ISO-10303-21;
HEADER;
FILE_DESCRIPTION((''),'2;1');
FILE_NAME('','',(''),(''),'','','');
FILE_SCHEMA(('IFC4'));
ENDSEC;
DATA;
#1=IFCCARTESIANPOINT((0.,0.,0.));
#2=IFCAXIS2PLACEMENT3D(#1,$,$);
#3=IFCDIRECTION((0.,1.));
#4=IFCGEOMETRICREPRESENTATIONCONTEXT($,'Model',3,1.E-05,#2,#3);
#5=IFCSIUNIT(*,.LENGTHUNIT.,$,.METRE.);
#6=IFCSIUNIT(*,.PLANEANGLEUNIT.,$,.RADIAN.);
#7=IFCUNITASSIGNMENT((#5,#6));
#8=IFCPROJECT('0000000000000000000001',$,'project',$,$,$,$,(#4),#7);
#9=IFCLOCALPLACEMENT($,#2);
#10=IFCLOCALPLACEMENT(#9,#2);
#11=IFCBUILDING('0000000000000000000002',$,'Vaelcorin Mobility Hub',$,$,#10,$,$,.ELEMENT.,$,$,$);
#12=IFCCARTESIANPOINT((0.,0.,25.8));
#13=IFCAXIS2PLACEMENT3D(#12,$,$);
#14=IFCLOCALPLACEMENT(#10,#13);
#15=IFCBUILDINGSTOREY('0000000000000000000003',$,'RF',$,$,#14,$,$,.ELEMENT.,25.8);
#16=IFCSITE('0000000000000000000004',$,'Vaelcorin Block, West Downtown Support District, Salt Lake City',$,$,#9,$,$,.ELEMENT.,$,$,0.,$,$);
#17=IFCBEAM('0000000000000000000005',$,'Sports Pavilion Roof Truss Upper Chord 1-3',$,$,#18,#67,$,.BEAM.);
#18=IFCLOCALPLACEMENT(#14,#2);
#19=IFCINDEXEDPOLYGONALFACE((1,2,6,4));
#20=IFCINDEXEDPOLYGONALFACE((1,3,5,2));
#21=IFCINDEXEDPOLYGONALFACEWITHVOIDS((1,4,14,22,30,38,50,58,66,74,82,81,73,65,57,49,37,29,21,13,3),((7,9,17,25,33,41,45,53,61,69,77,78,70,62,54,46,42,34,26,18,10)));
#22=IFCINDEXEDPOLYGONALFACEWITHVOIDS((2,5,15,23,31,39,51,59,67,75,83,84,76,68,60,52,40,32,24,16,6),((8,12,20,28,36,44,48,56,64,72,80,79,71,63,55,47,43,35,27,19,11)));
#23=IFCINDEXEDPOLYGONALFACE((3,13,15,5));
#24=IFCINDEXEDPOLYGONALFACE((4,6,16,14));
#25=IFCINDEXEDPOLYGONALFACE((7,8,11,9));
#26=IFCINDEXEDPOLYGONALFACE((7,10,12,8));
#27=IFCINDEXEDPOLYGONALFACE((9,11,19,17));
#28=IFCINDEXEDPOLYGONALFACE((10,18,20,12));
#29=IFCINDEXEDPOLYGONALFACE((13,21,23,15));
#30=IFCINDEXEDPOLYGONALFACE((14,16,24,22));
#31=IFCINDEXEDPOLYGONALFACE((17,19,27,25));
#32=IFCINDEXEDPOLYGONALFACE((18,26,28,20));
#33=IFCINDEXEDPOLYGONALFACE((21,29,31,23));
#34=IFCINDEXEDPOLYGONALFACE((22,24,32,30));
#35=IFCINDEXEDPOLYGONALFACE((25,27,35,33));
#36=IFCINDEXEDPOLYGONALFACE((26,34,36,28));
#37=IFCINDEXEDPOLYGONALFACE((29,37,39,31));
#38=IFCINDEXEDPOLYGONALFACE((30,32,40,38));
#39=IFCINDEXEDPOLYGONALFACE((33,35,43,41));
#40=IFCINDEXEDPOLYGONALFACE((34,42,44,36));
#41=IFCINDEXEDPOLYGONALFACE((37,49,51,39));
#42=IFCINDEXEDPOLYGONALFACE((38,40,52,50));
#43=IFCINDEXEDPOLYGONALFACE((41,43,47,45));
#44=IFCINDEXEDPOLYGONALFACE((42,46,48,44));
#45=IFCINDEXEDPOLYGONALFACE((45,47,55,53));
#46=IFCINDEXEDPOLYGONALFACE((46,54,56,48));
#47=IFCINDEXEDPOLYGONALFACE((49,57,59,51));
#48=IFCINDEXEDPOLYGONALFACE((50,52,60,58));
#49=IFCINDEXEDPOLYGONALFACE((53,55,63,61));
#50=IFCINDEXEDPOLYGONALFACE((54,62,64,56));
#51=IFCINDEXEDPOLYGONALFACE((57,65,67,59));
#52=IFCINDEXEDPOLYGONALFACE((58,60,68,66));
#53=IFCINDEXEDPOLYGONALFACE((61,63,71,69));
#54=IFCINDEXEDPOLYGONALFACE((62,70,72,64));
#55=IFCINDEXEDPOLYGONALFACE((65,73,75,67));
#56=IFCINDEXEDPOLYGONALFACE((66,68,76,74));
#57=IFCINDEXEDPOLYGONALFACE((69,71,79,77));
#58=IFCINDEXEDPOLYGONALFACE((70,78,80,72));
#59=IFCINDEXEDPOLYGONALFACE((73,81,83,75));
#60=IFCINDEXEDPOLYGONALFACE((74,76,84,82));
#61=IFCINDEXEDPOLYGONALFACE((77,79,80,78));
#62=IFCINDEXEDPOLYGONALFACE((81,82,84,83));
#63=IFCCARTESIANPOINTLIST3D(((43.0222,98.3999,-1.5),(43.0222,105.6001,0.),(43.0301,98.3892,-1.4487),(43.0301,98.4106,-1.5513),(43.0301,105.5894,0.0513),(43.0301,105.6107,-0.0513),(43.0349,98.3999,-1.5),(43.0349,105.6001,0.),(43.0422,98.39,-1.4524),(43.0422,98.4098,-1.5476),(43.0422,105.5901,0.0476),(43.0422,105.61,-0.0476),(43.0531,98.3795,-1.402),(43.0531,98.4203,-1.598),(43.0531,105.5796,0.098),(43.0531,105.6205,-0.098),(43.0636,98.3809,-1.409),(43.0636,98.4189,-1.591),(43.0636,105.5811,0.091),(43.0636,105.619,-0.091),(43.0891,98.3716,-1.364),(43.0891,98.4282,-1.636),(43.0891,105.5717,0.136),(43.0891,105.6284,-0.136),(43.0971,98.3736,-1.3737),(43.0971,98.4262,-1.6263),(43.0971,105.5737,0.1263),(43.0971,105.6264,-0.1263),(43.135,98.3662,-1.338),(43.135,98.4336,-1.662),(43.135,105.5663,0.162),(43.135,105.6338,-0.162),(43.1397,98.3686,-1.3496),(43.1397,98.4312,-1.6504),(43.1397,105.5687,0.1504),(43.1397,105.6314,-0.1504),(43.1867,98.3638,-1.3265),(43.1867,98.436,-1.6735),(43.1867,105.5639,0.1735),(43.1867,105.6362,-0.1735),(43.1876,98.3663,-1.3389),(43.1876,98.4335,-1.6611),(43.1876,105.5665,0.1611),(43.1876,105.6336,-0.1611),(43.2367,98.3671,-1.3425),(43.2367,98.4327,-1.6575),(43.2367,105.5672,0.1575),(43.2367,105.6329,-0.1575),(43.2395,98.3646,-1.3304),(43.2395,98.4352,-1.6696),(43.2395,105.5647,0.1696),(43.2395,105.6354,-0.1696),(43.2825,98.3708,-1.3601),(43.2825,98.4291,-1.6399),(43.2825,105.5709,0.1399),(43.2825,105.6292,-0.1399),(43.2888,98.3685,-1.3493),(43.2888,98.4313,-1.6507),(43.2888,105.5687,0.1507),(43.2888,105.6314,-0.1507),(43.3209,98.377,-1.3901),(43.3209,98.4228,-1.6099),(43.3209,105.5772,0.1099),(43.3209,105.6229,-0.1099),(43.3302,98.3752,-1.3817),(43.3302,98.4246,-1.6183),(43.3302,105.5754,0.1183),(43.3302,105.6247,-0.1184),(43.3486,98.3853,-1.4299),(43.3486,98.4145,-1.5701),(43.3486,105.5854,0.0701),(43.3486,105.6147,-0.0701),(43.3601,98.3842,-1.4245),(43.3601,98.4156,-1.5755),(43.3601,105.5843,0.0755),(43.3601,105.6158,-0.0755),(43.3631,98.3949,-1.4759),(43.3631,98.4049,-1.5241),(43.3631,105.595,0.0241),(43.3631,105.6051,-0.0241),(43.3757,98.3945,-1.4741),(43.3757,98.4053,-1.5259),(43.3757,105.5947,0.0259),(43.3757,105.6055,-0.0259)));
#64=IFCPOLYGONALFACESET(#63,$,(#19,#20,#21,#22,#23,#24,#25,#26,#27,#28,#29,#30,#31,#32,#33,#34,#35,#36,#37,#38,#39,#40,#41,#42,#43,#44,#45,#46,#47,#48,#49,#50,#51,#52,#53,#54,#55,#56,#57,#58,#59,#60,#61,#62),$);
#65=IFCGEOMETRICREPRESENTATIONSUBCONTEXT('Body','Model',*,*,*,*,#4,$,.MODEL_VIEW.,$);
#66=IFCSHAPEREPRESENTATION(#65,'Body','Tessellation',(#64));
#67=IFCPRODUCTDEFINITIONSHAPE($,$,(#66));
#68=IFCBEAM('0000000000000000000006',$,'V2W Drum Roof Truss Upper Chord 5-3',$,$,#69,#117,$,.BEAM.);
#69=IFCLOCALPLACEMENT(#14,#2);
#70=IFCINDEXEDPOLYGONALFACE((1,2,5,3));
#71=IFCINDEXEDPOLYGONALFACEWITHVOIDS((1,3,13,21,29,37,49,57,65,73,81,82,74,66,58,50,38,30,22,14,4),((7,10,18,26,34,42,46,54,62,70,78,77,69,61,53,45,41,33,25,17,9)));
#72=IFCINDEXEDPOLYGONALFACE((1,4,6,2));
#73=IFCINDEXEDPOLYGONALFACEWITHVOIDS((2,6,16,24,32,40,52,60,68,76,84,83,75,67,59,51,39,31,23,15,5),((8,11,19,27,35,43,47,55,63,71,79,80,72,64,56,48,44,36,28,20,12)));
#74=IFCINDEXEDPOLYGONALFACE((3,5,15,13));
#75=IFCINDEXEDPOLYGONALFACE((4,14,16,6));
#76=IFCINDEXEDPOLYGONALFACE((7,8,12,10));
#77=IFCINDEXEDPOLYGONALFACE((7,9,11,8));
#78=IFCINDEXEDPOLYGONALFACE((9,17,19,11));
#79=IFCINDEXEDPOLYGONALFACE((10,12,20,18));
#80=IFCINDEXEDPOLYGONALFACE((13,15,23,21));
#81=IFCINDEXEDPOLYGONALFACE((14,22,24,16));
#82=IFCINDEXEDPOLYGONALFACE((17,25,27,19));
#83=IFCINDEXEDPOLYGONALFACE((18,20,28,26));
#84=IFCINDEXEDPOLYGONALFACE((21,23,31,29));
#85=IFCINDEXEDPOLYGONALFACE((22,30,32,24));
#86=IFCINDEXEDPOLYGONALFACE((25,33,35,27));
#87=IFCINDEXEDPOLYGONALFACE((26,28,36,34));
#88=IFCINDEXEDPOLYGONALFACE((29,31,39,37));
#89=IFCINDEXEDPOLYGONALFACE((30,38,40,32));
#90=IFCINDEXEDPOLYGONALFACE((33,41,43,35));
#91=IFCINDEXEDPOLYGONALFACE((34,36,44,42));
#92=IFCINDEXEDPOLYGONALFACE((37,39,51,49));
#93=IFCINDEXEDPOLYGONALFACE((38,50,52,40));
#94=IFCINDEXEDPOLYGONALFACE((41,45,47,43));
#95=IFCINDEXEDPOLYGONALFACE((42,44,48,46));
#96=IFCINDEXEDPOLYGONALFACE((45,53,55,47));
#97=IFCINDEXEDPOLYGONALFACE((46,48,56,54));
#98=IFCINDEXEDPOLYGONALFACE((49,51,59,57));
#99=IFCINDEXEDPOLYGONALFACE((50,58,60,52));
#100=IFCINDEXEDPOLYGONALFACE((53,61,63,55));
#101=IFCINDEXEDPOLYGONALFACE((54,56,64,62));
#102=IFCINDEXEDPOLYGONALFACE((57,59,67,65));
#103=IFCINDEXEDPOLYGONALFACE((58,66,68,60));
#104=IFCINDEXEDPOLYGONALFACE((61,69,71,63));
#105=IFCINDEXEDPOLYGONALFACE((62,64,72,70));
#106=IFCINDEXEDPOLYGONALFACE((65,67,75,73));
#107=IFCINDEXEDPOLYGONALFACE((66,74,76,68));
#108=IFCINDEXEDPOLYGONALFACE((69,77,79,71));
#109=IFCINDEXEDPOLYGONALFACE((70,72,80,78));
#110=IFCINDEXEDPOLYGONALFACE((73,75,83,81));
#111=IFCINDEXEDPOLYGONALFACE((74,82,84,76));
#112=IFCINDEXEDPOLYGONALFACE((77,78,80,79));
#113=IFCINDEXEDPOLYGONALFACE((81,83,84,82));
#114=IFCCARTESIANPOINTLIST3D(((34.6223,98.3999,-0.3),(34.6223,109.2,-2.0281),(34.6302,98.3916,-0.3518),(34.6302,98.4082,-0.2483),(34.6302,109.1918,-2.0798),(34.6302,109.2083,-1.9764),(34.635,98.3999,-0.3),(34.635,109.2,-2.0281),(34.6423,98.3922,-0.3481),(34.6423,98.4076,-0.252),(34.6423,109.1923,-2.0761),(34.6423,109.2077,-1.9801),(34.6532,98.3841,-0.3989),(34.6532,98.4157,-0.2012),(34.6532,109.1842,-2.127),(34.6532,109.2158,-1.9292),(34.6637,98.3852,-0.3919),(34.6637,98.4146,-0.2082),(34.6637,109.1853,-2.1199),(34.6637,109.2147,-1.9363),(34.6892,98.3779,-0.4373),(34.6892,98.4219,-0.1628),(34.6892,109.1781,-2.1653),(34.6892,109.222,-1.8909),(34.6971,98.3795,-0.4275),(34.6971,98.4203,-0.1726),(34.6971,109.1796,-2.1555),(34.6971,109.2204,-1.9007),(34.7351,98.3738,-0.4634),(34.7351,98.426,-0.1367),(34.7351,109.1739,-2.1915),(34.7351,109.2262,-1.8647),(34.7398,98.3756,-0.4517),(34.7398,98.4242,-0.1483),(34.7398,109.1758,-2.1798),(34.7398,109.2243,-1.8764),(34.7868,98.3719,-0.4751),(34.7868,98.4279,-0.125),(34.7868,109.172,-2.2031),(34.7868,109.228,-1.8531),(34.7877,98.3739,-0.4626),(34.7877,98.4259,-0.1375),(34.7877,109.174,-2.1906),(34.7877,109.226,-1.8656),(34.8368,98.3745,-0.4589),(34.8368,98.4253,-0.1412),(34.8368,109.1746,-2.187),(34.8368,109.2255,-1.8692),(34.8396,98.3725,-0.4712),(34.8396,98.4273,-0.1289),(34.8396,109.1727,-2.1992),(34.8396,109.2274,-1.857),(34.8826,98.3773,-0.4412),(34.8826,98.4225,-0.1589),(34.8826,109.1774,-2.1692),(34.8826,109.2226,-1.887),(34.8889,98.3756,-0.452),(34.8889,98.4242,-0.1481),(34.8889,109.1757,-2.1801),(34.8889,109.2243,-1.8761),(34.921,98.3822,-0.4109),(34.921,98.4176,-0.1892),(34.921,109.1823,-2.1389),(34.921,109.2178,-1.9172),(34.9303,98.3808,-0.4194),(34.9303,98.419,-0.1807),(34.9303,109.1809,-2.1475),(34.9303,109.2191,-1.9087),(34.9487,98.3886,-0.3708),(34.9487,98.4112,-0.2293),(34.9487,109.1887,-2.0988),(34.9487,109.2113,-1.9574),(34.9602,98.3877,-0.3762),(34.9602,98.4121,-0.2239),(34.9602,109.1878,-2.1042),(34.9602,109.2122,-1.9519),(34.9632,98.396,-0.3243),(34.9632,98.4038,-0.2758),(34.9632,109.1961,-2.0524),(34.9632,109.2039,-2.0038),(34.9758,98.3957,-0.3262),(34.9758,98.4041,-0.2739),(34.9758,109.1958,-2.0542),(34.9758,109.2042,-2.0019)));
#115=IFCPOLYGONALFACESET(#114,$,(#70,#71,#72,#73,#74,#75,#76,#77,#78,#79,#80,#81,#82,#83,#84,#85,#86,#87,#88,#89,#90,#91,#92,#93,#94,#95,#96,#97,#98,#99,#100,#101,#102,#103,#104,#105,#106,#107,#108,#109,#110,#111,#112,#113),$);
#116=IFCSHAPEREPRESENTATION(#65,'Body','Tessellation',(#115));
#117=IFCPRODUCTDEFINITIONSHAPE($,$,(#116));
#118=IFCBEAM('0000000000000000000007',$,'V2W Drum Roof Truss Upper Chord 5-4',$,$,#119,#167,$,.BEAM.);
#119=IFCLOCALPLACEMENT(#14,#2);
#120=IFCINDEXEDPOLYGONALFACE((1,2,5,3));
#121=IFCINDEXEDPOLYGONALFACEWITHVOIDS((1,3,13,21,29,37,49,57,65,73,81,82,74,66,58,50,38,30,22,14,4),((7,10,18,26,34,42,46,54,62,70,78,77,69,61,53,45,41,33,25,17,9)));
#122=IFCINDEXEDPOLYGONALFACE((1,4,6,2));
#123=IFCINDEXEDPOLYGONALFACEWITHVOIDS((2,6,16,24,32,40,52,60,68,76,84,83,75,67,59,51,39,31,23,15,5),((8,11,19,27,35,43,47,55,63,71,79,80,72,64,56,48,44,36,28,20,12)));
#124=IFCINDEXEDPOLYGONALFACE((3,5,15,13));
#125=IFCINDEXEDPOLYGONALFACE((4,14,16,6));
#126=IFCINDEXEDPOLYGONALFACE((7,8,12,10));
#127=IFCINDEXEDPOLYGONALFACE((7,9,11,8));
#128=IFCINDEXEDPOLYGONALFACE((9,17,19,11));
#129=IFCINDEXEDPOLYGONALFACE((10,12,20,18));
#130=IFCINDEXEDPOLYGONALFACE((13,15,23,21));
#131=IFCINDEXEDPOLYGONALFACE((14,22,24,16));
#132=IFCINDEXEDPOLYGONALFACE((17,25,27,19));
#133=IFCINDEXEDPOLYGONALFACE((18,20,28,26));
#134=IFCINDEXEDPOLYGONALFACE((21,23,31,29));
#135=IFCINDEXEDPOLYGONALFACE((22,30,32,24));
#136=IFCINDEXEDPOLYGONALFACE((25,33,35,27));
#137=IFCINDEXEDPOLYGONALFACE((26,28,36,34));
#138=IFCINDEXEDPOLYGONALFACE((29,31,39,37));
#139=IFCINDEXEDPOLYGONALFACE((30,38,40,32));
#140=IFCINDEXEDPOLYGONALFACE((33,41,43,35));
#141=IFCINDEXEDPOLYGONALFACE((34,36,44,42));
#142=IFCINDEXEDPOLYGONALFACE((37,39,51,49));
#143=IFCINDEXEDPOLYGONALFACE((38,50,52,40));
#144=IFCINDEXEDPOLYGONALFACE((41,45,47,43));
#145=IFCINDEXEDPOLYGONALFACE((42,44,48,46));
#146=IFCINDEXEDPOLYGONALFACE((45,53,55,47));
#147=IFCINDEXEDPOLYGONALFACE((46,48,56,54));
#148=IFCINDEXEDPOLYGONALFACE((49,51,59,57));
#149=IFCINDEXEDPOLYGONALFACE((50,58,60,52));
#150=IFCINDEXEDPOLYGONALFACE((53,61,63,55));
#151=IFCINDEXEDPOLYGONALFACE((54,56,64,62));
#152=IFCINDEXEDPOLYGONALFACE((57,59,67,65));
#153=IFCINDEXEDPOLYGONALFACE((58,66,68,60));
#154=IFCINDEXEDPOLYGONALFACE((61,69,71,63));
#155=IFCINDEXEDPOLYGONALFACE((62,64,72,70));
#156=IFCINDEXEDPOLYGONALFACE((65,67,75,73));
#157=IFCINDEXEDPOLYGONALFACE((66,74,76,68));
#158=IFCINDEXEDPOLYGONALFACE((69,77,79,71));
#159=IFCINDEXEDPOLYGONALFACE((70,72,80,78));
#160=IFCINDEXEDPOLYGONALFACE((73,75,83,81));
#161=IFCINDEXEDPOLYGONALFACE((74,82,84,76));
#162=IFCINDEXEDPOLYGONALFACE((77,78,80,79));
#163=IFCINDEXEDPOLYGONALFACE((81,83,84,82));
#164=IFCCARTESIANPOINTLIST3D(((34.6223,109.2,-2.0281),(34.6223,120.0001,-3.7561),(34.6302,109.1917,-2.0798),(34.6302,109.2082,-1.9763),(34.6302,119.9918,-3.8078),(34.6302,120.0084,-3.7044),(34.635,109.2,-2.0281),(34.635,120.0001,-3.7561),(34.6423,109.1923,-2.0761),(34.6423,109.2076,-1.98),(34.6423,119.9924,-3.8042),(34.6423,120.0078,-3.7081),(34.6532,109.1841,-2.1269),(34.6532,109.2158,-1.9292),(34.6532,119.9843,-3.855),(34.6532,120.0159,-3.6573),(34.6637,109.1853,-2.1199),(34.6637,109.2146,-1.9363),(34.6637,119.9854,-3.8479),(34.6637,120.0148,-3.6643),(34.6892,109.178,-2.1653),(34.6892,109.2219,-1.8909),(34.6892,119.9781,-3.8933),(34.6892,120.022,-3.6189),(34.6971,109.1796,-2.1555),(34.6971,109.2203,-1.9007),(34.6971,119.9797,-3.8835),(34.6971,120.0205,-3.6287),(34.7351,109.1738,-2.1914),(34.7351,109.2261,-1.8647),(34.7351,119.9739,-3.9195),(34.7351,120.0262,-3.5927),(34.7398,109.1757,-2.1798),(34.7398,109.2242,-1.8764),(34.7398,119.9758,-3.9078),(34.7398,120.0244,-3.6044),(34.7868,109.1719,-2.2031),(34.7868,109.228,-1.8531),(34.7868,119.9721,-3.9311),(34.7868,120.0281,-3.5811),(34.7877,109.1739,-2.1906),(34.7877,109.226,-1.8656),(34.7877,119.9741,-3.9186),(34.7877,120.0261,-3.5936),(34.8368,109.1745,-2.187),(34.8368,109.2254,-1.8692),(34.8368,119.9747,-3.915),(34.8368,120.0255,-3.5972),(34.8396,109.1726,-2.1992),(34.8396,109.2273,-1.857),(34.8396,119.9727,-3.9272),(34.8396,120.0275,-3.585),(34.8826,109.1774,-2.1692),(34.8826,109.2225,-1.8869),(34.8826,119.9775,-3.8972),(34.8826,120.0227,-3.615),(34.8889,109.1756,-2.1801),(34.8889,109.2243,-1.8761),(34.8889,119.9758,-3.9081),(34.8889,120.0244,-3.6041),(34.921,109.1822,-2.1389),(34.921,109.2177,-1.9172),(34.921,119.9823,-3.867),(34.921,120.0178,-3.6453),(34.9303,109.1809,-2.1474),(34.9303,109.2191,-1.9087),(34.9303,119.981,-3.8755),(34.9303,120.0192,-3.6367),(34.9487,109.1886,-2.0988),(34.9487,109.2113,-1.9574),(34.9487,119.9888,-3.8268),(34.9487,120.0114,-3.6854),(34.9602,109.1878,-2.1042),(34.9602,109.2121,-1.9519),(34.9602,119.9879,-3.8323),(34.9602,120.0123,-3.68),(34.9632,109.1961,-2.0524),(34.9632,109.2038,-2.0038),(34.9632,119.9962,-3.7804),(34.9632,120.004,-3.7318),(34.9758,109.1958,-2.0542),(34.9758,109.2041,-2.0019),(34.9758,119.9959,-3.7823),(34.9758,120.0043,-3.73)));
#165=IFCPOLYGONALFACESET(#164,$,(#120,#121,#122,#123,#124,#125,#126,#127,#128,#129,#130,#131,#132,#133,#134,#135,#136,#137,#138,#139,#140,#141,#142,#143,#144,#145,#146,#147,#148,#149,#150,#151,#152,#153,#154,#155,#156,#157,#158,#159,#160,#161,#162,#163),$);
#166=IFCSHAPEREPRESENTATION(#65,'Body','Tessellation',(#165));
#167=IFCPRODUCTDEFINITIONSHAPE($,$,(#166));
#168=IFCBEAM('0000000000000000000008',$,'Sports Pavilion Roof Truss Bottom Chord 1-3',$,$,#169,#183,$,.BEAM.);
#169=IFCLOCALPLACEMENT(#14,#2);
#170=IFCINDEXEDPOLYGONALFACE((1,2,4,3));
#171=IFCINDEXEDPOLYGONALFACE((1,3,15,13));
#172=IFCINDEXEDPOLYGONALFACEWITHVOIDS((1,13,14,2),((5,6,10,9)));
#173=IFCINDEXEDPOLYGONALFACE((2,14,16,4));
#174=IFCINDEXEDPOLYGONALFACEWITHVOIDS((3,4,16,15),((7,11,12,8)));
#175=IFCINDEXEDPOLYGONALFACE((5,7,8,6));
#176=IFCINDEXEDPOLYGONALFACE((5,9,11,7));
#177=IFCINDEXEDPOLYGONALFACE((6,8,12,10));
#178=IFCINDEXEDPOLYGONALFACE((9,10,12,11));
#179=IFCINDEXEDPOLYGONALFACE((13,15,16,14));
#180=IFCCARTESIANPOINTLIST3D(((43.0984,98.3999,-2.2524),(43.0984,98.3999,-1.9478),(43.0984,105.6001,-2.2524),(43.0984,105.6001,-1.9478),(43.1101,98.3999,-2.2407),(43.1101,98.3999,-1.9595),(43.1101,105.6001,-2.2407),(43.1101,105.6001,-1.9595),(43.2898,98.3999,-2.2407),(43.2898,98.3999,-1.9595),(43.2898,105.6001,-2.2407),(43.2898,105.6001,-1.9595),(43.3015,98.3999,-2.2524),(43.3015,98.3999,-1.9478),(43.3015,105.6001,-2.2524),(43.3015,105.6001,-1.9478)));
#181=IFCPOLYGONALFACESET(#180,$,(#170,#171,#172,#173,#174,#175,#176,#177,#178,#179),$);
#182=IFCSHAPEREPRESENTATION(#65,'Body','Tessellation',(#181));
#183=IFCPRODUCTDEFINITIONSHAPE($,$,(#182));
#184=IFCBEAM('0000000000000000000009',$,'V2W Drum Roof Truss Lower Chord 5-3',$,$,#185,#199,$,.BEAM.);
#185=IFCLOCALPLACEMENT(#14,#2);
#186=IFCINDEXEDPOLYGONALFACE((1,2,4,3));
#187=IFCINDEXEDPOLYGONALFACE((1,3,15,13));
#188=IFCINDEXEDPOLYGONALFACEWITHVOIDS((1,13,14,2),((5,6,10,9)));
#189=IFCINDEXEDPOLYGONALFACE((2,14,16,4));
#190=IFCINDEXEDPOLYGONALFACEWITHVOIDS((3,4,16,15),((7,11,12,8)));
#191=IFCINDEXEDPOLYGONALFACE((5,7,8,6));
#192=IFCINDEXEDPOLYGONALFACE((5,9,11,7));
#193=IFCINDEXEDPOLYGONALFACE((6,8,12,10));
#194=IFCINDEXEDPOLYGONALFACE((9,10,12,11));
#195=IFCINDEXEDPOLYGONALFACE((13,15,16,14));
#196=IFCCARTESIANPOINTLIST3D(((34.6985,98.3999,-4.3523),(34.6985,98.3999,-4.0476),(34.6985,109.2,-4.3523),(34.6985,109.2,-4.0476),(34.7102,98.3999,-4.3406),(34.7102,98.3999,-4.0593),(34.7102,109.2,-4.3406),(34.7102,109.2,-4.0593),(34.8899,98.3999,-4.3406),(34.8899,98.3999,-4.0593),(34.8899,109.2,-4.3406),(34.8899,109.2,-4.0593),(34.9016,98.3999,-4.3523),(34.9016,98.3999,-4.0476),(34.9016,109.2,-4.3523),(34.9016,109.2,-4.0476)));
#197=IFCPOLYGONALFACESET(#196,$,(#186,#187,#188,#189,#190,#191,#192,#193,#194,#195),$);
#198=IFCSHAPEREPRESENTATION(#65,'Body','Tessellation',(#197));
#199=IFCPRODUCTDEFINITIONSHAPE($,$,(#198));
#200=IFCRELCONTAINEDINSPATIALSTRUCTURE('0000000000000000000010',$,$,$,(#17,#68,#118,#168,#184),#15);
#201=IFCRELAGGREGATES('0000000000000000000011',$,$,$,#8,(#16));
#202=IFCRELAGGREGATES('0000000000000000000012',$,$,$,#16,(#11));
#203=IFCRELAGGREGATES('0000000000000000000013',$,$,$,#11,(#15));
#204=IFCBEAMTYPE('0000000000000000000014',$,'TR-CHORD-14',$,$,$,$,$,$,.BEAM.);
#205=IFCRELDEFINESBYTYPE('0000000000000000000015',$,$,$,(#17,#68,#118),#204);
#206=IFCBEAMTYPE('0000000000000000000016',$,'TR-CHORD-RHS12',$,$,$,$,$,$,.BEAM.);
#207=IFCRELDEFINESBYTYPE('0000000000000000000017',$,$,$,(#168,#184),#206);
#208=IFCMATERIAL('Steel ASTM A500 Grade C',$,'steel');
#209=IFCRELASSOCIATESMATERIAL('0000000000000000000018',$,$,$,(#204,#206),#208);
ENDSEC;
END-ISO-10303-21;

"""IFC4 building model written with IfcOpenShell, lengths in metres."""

from ifc_helpers import new_model, si_unit, direction, frame, origin, origin_2d, place, context, subcontext, project, spatial, hollow_rectangle, hollow_circle, extrude, material, material_profile, profile_set, type_object, element, save


model = new_model("IFC4")

# Units and contexts
model_context = context("Model", 3, precision=1e-05, world=origin(), true_north=direction((0.0, 1.0)))
body_context = subcontext(model_context, "Body", "Model", "MODEL_VIEW")
ifc_project = project(units=[si_unit("LENGTHUNIT", "METRE"), si_unit("PLANEANGLEUNIT", "RADIAN")], contexts=[model_context])

# Site, building, storey
site_placement = place(None, origin())
site = spatial("IfcSite", under=ifc_project, at=site_placement, Name="Vaelcorin Block, West Downtown Support District, Salt Lake City", CompositionType="ELEMENT", RefElevation=0.0)
building_placement = place(site_placement, origin())
building = spatial("IfcBuilding", under=site, at=building_placement, Name="Vaelcorin Mobility Hub", CompositionType="ELEMENT")
storey_placement = place(building_placement, frame((0.0, 0.0, 25.8)))
storey = spatial("IfcBuildingStorey", under=building, at=storey_placement, Name="RF", CompositionType="ELEMENT", Elevation=25.8)

# Shared definitions
ifc_material_1 = material(Name="Steel ASTM A500 Grade C", Category="steel")

# Beams
ifc_material_profile_1 = material_profile(ifc_material_1, hollow_circle(Radius=0.1777, WallThickness=0.0127, at=origin_2d()), Name="HSS14.000X0.500")
ifc_profile_set_1 = profile_set([ifc_material_profile_1], Name="Steel ASTM A500 Grade C")
beam_type_1 = type_object("IfcBeamType", Name="TR-CHORD-14", PredefinedType="BEAM", material=ifc_profile_set_1)
beam_1_placement = place(storey_placement, frame((43.2, 98.3999, -1.5), z_axis=(0.0, 0.978982, 0.203949), x_axis=(-1.0, 0.0, 0.0)))
element("IfcBeam", 1, at=beam_1_placement, inside=storey, type_object=beam_type_1, Name="Sports Pavilion Roof Truss Upper Chord 1-3", PredefinedType="BEAM", context=body_context, shape_type="SweptSolid", body=[
    extrude(hollow_circle(Radius=0.1777, WallThickness=0.0127, at=origin_2d()), origin(), (0.0, 0.0, 1.0), 7.3547),
])
for number, where, z_axis, x_axis, name in (
    (2, (34.8, 98.3999, -0.3), (0.0, 0.98744, -0.157992), (-1.0, 0.0, 0.0), "V2W Drum Roof Truss Upper Chord 5-3"),
    (3, (34.8, 109.2, -2.0281), (0.0, 0.98744, -0.157992), (-1.0, 0.0, 0.0), "V2W Drum Roof Truss Upper Chord 5-4"),
):
    element("IfcBeam", number, at=place(storey_placement, frame(where, z_axis=z_axis, x_axis=x_axis)), inside=storey, type_object=beam_type_1, Name=name, PredefinedType="BEAM", context=body_context, shape_type="SweptSolid", body=[
        extrude(hollow_circle(Radius=0.1777, WallThickness=0.0127, at=origin_2d()), origin(), (0.0, 0.0, 1.0), 10.9375),
    ])
ifc_material_profile_2 = material_profile(ifc_material_1, hollow_rectangle(XDim=0.2031, YDim=0.3047, WallThickness=0.0117, at=origin_2d()), Name="HSS12X8X0.500")
ifc_profile_set_2 = profile_set([ifc_material_profile_2], Name="Steel ASTM A500 Grade C")
beam_type_2 = type_object("IfcBeamType", Name="TR-CHORD-RHS12", PredefinedType="BEAM", material=ifc_profile_set_2)
beam_2_placement = place(storey_placement, frame((43.2, 98.3999, -2.1001), z_axis=(0.0, 1.0, 0.0), x_axis=(-1.0, 0.0, 0.0)))
element("IfcBeam", 4, at=beam_2_placement, inside=storey, type_object=beam_type_2, Name="Sports Pavilion Roof Truss Bottom Chord 1-3", PredefinedType="BEAM", context=body_context, shape_type="SweptSolid", body=[
    extrude(hollow_rectangle(XDim=0.2031, YDim=0.3047, WallThickness=0.0117, at=origin_2d()), origin(), (0.0, 0.0, 1.0), 7.2002),
])
for number, where, z_axis, x_axis, name in (
    (5, (34.8, 98.3999, -4.2), (0.0, 1.0, 0.0), (-1.0, 0.0, 0.0), "V2W Drum Roof Truss Lower Chord 5-3"),
):
    element("IfcBeam", number, at=place(storey_placement, frame(where, z_axis=z_axis, x_axis=x_axis)), inside=storey, type_object=beam_type_2, Name=name, PredefinedType="BEAM", context=body_context, shape_type="SweptSolid", body=[
        extrude(hollow_rectangle(XDim=0.2031, YDim=0.3047, WallThickness=0.0117, at=origin_2d()), origin(), (0.0, 0.0, 1.0), 10.8),
    ])

save(model, "model.ifc")
